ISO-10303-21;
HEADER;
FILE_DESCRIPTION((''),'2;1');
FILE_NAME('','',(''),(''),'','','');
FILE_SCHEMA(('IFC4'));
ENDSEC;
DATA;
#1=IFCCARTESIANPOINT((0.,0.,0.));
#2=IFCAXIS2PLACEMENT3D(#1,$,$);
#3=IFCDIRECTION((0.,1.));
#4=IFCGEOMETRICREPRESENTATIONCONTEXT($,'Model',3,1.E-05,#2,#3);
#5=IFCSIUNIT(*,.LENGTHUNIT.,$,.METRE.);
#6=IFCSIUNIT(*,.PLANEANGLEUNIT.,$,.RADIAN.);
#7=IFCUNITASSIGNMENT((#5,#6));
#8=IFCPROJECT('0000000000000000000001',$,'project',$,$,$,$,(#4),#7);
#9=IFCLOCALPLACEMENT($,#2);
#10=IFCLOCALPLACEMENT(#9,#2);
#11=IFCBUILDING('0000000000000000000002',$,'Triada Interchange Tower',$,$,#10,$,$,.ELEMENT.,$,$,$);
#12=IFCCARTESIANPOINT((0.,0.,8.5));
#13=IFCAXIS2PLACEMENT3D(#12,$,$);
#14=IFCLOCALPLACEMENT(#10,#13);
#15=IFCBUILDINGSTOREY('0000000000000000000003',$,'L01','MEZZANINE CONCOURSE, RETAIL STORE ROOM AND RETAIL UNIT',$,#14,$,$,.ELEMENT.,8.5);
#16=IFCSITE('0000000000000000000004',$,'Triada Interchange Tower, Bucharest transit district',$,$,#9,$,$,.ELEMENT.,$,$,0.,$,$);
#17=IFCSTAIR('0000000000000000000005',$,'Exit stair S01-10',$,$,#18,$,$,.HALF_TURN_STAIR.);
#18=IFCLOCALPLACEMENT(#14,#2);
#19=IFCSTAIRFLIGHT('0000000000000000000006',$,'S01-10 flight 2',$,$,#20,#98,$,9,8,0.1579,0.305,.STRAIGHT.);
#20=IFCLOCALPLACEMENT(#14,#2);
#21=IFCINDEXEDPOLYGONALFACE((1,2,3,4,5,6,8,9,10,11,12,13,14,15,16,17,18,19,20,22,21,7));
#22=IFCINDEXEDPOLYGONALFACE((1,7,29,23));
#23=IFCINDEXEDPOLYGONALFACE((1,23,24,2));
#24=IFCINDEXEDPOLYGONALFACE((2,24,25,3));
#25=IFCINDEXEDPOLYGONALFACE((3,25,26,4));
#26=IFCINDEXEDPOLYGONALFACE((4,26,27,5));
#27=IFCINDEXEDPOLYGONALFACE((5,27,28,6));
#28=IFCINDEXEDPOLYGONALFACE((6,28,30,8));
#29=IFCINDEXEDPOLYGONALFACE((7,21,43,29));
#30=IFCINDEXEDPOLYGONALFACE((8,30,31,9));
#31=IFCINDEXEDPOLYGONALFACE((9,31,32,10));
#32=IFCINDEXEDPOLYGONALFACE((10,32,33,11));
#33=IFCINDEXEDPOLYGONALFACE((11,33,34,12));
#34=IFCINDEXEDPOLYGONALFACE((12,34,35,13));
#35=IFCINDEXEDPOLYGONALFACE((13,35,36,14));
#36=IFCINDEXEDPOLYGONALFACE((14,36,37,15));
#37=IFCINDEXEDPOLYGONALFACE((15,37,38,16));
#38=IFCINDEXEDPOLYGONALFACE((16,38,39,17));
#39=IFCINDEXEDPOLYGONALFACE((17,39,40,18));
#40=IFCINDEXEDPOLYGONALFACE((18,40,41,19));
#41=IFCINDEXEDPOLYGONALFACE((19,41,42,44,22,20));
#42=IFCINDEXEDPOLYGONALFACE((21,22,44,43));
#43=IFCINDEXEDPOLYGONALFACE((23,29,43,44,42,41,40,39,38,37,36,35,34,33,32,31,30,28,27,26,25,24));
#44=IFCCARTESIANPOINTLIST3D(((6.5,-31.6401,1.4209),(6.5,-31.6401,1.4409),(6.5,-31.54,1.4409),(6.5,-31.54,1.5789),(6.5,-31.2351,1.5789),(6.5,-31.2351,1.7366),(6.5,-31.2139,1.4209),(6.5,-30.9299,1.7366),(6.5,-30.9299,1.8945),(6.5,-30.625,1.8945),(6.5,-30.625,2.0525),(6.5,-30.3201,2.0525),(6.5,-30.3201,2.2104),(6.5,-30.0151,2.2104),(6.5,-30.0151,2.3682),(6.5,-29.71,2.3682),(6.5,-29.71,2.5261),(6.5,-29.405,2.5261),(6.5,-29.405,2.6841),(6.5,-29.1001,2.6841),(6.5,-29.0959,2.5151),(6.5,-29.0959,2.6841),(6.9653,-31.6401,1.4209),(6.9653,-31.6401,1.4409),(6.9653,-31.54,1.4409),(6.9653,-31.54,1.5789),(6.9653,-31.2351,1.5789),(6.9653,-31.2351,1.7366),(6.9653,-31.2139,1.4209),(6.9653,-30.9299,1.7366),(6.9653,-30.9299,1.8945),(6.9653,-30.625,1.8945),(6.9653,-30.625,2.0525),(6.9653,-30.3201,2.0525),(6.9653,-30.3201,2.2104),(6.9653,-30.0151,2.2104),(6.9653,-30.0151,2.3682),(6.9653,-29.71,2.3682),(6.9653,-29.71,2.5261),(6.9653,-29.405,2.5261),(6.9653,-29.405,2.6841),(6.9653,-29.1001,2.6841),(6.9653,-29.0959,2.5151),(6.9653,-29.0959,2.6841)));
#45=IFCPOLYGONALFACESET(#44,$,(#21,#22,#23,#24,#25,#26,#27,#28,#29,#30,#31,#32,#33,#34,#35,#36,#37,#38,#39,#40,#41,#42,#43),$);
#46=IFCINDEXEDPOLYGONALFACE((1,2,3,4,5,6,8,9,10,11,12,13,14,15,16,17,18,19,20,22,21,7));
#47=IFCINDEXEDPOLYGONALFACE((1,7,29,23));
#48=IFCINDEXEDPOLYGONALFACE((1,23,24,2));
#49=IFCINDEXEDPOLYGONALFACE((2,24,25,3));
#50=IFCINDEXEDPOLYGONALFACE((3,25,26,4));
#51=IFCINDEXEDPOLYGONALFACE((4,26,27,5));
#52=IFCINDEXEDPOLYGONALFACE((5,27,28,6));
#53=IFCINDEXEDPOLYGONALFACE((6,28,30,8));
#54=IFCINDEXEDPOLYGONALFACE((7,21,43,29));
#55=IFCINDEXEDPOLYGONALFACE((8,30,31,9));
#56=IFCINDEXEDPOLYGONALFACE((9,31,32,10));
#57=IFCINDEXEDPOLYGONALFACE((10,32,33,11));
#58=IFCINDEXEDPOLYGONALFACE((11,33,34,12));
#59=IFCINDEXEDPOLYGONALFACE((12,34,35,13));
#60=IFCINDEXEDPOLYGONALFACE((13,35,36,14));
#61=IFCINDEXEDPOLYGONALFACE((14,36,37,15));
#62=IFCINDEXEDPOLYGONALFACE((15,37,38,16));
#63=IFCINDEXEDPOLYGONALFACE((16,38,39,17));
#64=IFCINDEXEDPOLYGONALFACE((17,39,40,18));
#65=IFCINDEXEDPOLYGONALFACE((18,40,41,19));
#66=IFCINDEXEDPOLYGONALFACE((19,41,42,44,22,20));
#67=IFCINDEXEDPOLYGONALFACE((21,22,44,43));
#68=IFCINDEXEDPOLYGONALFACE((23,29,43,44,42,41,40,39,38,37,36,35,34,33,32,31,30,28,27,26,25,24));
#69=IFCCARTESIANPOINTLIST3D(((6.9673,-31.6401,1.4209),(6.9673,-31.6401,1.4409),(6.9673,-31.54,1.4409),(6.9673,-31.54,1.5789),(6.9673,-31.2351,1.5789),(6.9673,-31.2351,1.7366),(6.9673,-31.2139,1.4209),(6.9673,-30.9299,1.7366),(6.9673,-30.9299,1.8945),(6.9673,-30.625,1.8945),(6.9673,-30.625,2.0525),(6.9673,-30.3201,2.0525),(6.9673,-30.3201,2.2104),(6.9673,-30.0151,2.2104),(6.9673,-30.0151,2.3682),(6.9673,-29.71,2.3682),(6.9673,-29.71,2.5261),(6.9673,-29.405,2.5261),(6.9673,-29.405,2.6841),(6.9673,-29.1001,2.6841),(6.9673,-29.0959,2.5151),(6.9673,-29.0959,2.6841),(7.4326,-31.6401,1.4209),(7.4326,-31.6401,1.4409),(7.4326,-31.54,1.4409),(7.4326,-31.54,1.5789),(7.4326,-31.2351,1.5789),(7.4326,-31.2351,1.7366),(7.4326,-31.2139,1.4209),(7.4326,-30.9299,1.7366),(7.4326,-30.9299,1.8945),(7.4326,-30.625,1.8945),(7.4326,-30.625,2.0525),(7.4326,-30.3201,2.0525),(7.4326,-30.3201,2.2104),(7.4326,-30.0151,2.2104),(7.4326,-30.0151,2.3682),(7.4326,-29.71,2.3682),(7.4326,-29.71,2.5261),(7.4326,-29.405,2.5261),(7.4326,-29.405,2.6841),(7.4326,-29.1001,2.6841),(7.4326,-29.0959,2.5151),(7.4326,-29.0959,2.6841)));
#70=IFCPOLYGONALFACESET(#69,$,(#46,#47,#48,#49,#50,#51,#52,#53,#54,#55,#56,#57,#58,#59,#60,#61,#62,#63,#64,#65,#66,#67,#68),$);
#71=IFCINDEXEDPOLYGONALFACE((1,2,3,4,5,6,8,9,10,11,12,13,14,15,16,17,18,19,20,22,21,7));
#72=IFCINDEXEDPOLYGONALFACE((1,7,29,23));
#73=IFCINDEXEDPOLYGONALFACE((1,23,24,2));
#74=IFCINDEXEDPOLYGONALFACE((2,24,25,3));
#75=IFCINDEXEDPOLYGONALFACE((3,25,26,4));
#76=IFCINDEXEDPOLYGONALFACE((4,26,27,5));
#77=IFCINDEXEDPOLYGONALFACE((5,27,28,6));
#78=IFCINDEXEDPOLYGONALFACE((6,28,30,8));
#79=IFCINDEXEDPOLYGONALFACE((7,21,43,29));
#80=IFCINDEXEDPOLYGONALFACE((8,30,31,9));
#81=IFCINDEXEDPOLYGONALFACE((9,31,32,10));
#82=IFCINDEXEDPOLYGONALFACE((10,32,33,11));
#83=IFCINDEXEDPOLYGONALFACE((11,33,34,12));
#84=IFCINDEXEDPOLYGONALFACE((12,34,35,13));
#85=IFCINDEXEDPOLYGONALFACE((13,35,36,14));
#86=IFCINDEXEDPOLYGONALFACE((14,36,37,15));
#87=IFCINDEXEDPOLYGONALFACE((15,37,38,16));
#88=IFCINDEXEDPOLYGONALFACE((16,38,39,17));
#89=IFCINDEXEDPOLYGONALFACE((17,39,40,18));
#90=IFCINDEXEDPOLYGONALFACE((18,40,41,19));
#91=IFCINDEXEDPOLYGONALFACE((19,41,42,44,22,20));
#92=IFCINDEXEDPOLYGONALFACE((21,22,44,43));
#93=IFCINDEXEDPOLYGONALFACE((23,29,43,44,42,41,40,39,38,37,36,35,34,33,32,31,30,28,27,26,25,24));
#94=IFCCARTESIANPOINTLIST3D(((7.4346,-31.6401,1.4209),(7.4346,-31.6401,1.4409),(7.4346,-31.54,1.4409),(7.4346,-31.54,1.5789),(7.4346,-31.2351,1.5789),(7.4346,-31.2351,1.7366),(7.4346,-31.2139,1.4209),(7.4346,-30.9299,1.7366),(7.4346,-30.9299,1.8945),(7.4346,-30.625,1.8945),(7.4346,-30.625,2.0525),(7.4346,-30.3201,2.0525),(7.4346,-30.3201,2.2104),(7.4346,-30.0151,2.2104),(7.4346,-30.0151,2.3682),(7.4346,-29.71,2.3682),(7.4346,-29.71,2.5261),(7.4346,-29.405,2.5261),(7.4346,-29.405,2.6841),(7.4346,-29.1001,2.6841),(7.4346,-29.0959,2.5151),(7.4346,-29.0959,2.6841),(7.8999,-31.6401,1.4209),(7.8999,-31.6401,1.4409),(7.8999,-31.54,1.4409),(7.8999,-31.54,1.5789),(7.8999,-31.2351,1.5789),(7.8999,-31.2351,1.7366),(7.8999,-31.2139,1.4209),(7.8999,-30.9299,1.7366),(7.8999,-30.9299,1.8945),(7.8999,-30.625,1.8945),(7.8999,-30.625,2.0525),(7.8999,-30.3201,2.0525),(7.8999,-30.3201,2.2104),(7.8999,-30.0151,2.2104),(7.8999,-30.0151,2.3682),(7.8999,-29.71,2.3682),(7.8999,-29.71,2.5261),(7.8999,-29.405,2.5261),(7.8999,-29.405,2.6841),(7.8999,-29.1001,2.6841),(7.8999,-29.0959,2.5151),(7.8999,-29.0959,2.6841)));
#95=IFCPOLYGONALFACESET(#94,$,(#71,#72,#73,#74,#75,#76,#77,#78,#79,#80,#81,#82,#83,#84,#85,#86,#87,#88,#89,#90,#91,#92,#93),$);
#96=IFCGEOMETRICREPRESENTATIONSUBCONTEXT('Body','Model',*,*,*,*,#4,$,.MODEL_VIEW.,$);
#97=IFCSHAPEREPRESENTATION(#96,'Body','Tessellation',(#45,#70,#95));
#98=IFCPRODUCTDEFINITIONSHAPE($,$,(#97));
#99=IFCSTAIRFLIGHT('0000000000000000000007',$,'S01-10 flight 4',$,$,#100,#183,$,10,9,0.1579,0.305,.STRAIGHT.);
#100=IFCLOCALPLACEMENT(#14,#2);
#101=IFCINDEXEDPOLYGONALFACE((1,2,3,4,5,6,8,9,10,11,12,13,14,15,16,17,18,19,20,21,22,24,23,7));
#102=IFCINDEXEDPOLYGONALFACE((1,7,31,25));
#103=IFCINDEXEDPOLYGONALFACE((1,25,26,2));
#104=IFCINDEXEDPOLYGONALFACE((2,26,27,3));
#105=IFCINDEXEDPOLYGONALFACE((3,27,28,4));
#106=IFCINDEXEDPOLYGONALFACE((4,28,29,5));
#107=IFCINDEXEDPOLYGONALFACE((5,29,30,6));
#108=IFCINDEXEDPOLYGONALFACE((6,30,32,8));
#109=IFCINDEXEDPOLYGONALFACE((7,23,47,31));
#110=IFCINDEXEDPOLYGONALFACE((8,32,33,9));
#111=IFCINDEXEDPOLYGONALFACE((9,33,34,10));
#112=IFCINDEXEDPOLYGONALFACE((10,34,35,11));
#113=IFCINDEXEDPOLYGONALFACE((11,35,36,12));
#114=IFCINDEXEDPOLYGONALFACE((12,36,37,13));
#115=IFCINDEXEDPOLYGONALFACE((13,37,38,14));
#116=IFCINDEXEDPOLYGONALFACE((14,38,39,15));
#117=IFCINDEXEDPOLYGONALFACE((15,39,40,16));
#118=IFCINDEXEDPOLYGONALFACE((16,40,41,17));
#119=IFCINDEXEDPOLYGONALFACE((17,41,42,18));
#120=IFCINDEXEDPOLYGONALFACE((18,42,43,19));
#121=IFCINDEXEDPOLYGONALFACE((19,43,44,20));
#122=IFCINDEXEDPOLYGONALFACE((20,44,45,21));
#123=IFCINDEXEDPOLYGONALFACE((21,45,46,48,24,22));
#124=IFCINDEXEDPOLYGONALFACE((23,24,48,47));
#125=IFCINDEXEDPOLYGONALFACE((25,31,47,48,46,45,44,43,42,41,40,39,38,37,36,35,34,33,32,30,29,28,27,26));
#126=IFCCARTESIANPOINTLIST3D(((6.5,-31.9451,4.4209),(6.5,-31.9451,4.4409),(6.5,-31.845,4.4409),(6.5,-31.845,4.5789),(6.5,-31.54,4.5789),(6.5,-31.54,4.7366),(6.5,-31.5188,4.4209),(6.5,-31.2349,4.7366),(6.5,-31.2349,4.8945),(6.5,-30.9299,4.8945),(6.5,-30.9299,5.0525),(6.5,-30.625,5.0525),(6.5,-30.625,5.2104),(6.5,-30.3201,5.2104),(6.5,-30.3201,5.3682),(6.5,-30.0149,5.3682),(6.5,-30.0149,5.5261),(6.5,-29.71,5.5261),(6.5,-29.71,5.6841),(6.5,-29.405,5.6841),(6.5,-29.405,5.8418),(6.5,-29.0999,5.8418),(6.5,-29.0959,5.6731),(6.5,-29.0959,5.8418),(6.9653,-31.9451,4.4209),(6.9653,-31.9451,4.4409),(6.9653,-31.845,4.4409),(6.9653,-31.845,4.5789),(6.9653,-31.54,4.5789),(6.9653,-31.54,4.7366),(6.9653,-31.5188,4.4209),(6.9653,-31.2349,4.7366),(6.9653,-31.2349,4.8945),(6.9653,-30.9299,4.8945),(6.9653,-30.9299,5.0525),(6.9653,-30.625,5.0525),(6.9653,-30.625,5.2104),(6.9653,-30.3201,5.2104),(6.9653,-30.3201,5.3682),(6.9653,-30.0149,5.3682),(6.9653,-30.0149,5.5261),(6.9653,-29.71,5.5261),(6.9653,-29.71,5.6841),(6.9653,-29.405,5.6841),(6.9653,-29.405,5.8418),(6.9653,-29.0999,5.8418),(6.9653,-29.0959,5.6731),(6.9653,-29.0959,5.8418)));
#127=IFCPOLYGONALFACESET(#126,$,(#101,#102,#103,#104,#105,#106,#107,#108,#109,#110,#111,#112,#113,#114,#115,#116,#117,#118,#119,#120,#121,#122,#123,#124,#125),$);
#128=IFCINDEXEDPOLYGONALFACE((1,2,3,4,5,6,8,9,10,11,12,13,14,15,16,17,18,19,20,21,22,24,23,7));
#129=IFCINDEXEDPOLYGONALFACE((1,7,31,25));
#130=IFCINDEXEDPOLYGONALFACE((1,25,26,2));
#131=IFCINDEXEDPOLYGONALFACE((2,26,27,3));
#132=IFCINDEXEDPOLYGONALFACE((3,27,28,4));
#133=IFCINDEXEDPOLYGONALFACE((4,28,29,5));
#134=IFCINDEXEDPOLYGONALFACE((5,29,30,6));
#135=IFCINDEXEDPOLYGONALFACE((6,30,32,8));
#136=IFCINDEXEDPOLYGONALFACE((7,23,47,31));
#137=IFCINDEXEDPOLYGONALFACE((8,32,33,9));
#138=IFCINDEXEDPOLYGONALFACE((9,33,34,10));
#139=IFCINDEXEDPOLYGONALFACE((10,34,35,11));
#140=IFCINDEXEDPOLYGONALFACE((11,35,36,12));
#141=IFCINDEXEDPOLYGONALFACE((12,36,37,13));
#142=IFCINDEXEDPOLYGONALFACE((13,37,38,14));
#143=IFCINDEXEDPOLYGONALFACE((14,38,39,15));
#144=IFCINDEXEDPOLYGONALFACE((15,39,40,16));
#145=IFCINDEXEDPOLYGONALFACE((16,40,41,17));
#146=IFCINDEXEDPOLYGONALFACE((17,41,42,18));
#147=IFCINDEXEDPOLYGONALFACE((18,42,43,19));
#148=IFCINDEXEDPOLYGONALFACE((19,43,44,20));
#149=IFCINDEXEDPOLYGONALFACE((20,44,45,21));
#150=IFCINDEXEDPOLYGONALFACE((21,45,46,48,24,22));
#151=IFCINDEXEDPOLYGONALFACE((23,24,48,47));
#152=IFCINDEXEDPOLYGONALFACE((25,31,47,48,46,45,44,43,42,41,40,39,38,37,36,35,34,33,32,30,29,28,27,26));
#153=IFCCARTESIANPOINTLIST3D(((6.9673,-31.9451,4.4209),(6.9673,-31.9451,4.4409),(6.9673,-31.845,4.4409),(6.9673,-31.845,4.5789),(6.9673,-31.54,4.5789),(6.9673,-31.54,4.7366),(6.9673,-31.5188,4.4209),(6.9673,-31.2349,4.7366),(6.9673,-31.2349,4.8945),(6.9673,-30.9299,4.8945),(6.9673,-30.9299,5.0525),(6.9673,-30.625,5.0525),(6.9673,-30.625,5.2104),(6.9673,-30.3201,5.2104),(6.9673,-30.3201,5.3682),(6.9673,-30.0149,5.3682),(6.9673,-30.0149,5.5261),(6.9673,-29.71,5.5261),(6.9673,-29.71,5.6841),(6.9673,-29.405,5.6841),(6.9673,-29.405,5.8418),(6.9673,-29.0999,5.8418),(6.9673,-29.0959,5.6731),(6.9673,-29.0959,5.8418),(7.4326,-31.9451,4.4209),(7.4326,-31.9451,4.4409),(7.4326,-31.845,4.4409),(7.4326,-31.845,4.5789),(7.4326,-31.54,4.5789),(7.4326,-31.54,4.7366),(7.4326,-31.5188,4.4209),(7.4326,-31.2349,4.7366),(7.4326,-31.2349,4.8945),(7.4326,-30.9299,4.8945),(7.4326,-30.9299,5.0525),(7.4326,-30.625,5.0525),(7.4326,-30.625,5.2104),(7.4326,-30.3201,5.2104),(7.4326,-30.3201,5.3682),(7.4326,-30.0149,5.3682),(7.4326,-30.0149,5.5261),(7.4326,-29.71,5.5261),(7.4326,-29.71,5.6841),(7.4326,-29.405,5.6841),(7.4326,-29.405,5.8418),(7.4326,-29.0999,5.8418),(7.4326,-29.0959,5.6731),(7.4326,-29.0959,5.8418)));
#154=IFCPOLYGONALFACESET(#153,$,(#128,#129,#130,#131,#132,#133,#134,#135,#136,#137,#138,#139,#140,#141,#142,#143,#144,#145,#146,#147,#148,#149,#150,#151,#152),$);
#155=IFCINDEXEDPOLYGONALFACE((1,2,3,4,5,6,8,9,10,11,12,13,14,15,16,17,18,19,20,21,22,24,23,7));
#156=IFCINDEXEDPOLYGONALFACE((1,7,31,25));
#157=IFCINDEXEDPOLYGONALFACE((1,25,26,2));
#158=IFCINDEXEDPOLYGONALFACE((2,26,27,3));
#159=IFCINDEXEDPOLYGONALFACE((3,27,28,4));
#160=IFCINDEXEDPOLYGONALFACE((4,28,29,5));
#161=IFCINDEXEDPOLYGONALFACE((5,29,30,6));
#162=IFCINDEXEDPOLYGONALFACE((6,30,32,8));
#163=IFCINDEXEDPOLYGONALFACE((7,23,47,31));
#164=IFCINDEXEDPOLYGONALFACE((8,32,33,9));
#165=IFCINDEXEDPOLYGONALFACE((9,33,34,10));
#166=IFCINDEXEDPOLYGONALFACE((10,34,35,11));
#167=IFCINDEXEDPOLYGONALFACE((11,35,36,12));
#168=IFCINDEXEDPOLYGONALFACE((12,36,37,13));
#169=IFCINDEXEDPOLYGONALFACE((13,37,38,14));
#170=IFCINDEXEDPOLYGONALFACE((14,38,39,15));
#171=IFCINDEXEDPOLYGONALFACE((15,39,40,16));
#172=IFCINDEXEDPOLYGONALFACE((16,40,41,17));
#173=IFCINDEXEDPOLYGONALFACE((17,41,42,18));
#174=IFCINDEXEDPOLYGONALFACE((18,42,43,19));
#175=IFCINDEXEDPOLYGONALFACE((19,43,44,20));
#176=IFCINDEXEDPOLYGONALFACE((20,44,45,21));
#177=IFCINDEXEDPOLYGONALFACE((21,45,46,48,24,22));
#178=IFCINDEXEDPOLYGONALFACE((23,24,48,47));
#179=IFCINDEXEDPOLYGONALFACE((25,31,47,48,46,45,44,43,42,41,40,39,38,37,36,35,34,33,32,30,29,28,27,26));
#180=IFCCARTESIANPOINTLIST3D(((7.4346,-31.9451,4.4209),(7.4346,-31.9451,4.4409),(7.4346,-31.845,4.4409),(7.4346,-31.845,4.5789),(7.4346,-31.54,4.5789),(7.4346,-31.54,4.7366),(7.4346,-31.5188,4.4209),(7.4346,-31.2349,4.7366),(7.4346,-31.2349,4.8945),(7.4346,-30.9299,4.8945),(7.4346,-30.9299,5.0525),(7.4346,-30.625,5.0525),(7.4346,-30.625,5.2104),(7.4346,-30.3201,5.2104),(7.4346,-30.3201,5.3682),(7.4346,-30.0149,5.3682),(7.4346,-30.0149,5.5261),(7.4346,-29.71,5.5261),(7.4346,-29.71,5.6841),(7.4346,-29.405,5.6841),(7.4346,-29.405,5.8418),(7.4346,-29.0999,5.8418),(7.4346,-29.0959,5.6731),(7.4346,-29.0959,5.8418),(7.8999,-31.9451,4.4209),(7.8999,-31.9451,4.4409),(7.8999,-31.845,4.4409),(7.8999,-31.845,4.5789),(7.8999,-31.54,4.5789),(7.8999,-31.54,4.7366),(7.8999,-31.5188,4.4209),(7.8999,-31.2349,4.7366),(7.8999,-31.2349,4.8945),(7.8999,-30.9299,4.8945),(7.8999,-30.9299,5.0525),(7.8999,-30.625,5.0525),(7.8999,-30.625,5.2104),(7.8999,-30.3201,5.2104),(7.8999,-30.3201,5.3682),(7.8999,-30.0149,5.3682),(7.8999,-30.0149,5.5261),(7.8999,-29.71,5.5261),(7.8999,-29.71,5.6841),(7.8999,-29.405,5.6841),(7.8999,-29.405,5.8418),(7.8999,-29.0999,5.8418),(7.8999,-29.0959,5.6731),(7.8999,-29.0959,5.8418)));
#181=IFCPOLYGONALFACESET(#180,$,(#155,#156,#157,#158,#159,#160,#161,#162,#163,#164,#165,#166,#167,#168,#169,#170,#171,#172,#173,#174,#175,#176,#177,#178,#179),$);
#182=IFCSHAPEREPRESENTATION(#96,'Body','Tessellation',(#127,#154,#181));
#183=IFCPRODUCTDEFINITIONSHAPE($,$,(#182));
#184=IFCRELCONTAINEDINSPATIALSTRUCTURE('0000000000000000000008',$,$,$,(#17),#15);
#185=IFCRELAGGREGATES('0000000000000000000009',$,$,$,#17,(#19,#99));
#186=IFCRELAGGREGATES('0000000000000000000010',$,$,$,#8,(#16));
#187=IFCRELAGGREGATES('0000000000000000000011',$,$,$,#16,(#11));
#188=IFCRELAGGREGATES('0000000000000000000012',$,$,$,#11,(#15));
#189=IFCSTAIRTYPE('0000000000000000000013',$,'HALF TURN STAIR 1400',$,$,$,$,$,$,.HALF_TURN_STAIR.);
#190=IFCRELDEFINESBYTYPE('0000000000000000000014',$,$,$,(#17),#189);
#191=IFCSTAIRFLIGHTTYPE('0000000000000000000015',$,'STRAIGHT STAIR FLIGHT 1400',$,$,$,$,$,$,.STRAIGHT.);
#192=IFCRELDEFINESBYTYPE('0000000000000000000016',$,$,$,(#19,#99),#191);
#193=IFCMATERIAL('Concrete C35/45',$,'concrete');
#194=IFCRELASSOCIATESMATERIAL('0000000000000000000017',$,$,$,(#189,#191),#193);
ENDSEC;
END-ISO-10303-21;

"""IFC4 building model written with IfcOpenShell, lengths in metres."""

from ifc_helpers import new_model, si_unit, direction, frame, origin, place, context, subcontext, project, spatial, polyline, outline, extrude, material, type_object, element, aggregate, save


model = new_model("IFC4")

# Units and contexts
model_context = context("Model", 3, precision=1e-05, world=origin(), true_north=direction((0.0, 1.0)))
body_context = subcontext(model_context, "Body", "Model", "MODEL_VIEW")
ifc_project = project(units=[si_unit("LENGTHUNIT", "METRE"), si_unit("PLANEANGLEUNIT", "RADIAN")], contexts=[model_context])

# Site, building, storey
site_placement = place(None, origin())
site = spatial("IfcSite", under=ifc_project, at=site_placement, Name="Triada Interchange Tower, Bucharest transit district", CompositionType="ELEMENT", RefElevation=0.0)
building_placement = place(site_placement, origin())
building = spatial("IfcBuilding", under=site, at=building_placement, Name="Triada Interchange Tower", CompositionType="ELEMENT")
storey_placement = place(building_placement, frame((0.0, 0.0, 8.5)))
storey = spatial("IfcBuildingStorey", under=building, at=storey_placement, Name="L01", Description="MEZZANINE CONCOURSE, RETAIL STORE ROOM AND RETAIL UNIT", CompositionType="ELEMENT", Elevation=8.5)

# Shared definitions
ifc_material_1 = material(Name="Concrete C35/45", Category="concrete")

# Stair, stair flights
stair_type = type_object("IfcStairType", Name="HALF TURN STAIR 1400", PredefinedType="HALF_TURN_STAIR", material=ifc_material_1)
stair_1_placement = place(storey_placement, origin())
stair_1 = element("IfcStair", 1, at=stair_1_placement, inside=storey, type_object=stair_type, Name="Exit stair S01-10", PredefinedType="HALF_TURN_STAIR")
stair_flight_type = type_object("IfcStairFlightType", Name="STRAIGHT STAIR FLIGHT 1400", PredefinedType="STRAIGHT", material=ifc_material_1)
stair_flight_1_placement = place(storey_placement, frame((7.2, -31.54, 1.4209), z_axis=(0.0, 0.0, 1.0), x_axis=(0.0, 1.0, 0.0)))
stair_flight_1 = element("IfcStairFlight", 2, at=stair_flight_1_placement, type_object=stair_flight_type, Name="S01-10 flight 2", NumberOfRisers=9, NumberOfTreads=8, PredefinedType="STRAIGHT", RiserHeight=0.1579, TreadLength=0.305, context=body_context, shape_type="SweptSolid", body=[
    extrude(outline(polyline([(-0.1001, 0.0), (-0.1001, 0.02), (0.0, 0.02), (0.0, 0.158), (0.3049, 0.158), (0.3049, 0.3157), (0.6101, 0.3157), (0.6101, 0.4736), (0.915, 0.4736), (0.915, 0.6316), (1.22, 0.6316), (1.22, 0.7896), (1.5249, 0.7896), (1.5249, 0.9473), (1.8301, 0.9473), (1.8301, 1.1052), (2.135, 1.1052), (2.135, 1.2632), (2.4399, 1.2632), (2.4441, 1.2632), (2.4441, 1.4209), (2.4441, 1.0942), (0.3262, 0.0), (-0.1001, 0.0)])), frame((0.0, 0.7, 0.0), z_axis=(0.0, -1.0, 0.0), x_axis=(1.0, 0.0, 0.0)), (0.0, 0.0, 1.0), 0.4653),
    extrude(outline(polyline([(-0.1001, 0.0), (-0.1001, 0.02), (0.0, 0.02), (0.0, 0.158), (0.3049, 0.158), (0.3049, 0.3157), (0.6101, 0.3157), (0.6101, 0.4736), (0.915, 0.4736), (0.915, 0.6316), (1.22, 0.6316), (1.22, 0.7896), (1.5249, 0.7896), (1.5249, 0.9473), (1.8301, 0.9473), (1.8301, 1.1052), (2.135, 1.1052), (2.135, 1.2632), (2.4399, 1.2632), (2.4441, 1.2632), (2.4441, 1.4209), (2.4441, 1.0942), (0.3262, 0.0), (-0.1001, 0.0)])), frame((0.0, 0.2327, 0.0), z_axis=(0.0, -1.0, 0.0), x_axis=(1.0, 0.0, 0.0)), (0.0, 0.0, 1.0), 0.4653),
    extrude(outline(polyline([(-0.1001, 0.0), (-0.1001, 0.02), (0.0, 0.02), (0.0, 0.158), (0.3049, 0.158), (0.3049, 0.3157), (0.6101, 0.3157), (0.6101, 0.4736), (0.915, 0.4736), (0.915, 0.6316), (1.22, 0.6316), (1.22, 0.7896), (1.5249, 0.7896), (1.5249, 0.9473), (1.8301, 0.9473), (1.8301, 1.1052), (2.135, 1.1052), (2.135, 1.2632), (2.4399, 1.2632), (2.4441, 1.2632), (2.4441, 1.4209), (2.4441, 1.0942), (0.3262, 0.0), (-0.1001, 0.0)])), frame((0.0, -0.2346, 0.0), z_axis=(0.0, -1.0, 0.0), x_axis=(1.0, 0.0, 0.0)), (0.0, 0.0, 1.0), 0.4653),
])
stair_flight_2_placement = place(storey_placement, frame((7.2, -31.845, 4.4209), z_axis=(0.0, 0.0, 1.0), x_axis=(0.0, 1.0, 0.0)))
stair_flight_2 = element("IfcStairFlight", 3, at=stair_flight_2_placement, type_object=stair_flight_type, Name="S01-10 flight 4", NumberOfRisers=10, NumberOfTreads=9, PredefinedType="STRAIGHT", RiserHeight=0.1579, TreadLength=0.305, context=body_context, shape_type="SweptSolid", body=[
    extrude(outline(polyline([(-0.1001, 0.0), (-0.1001, 0.02), (0.0, 0.02), (0.0, 0.158), (0.3049, 0.158), (0.3049, 0.3157), (0.6101, 0.3157), (0.6101, 0.4736), (0.915, 0.4736), (0.915, 0.6316), (1.22, 0.6316), (1.22, 0.7896), (1.5249, 0.7896), (1.5249, 0.9473), (1.8301, 0.9473), (1.8301, 1.1052), (2.135, 1.1052), (2.135, 1.2632), (2.4399, 1.2632), (2.4399, 1.4209), (2.7451, 1.4209), (2.749, 1.4209), (2.749, 1.5789), (2.749, 1.2522), (0.3262, 0.0), (-0.1001, 0.0)])), frame((0.0, 0.7, 0.0), z_axis=(0.0, -1.0, 0.0), x_axis=(1.0, 0.0, 0.0)), (0.0, 0.0, 1.0), 0.4653),
    extrude(outline(polyline([(-0.1001, 0.0), (-0.1001, 0.02), (0.0, 0.02), (0.0, 0.158), (0.3049, 0.158), (0.3049, 0.3157), (0.6101, 0.3157), (0.6101, 0.4736), (0.915, 0.4736), (0.915, 0.6316), (1.22, 0.6316), (1.22, 0.7896), (1.5249, 0.7896), (1.5249, 0.9473), (1.8301, 0.9473), (1.8301, 1.1052), (2.135, 1.1052), (2.135, 1.2632), (2.4399, 1.2632), (2.4399, 1.4209), (2.7451, 1.4209), (2.749, 1.4209), (2.749, 1.5789), (2.749, 1.2522), (0.3262, 0.0), (-0.1001, 0.0)])), frame((0.0, 0.2327, 0.0), z_axis=(0.0, -1.0, 0.0), x_axis=(1.0, 0.0, 0.0)), (0.0, 0.0, 1.0), 0.4653),
    extrude(outline(polyline([(-0.1001, 0.0), (-0.1001, 0.02), (0.0, 0.02), (0.0, 0.158), (0.3049, 0.158), (0.3049, 0.3157), (0.6101, 0.3157), (0.6101, 0.4736), (0.915, 0.4736), (0.915, 0.6316), (1.22, 0.6316), (1.22, 0.7896), (1.5249, 0.7896), (1.5249, 0.9473), (1.8301, 0.9473), (1.8301, 1.1052), (2.135, 1.1052), (2.135, 1.2632), (2.4399, 1.2632), (2.4399, 1.4209), (2.7451, 1.4209), (2.749, 1.4209), (2.749, 1.5789), (2.749, 1.2522), (0.3262, 0.0), (-0.1001, 0.0)])), frame((0.0, -0.2346, 0.0), z_axis=(0.0, -1.0, 0.0), x_axis=(1.0, 0.0, 0.0)), (0.0, 0.0, 1.0), 0.4653),
])

aggregate(stair_1, [stair_flight_1, stair_flight_2])

save(model, "model.ifc")
